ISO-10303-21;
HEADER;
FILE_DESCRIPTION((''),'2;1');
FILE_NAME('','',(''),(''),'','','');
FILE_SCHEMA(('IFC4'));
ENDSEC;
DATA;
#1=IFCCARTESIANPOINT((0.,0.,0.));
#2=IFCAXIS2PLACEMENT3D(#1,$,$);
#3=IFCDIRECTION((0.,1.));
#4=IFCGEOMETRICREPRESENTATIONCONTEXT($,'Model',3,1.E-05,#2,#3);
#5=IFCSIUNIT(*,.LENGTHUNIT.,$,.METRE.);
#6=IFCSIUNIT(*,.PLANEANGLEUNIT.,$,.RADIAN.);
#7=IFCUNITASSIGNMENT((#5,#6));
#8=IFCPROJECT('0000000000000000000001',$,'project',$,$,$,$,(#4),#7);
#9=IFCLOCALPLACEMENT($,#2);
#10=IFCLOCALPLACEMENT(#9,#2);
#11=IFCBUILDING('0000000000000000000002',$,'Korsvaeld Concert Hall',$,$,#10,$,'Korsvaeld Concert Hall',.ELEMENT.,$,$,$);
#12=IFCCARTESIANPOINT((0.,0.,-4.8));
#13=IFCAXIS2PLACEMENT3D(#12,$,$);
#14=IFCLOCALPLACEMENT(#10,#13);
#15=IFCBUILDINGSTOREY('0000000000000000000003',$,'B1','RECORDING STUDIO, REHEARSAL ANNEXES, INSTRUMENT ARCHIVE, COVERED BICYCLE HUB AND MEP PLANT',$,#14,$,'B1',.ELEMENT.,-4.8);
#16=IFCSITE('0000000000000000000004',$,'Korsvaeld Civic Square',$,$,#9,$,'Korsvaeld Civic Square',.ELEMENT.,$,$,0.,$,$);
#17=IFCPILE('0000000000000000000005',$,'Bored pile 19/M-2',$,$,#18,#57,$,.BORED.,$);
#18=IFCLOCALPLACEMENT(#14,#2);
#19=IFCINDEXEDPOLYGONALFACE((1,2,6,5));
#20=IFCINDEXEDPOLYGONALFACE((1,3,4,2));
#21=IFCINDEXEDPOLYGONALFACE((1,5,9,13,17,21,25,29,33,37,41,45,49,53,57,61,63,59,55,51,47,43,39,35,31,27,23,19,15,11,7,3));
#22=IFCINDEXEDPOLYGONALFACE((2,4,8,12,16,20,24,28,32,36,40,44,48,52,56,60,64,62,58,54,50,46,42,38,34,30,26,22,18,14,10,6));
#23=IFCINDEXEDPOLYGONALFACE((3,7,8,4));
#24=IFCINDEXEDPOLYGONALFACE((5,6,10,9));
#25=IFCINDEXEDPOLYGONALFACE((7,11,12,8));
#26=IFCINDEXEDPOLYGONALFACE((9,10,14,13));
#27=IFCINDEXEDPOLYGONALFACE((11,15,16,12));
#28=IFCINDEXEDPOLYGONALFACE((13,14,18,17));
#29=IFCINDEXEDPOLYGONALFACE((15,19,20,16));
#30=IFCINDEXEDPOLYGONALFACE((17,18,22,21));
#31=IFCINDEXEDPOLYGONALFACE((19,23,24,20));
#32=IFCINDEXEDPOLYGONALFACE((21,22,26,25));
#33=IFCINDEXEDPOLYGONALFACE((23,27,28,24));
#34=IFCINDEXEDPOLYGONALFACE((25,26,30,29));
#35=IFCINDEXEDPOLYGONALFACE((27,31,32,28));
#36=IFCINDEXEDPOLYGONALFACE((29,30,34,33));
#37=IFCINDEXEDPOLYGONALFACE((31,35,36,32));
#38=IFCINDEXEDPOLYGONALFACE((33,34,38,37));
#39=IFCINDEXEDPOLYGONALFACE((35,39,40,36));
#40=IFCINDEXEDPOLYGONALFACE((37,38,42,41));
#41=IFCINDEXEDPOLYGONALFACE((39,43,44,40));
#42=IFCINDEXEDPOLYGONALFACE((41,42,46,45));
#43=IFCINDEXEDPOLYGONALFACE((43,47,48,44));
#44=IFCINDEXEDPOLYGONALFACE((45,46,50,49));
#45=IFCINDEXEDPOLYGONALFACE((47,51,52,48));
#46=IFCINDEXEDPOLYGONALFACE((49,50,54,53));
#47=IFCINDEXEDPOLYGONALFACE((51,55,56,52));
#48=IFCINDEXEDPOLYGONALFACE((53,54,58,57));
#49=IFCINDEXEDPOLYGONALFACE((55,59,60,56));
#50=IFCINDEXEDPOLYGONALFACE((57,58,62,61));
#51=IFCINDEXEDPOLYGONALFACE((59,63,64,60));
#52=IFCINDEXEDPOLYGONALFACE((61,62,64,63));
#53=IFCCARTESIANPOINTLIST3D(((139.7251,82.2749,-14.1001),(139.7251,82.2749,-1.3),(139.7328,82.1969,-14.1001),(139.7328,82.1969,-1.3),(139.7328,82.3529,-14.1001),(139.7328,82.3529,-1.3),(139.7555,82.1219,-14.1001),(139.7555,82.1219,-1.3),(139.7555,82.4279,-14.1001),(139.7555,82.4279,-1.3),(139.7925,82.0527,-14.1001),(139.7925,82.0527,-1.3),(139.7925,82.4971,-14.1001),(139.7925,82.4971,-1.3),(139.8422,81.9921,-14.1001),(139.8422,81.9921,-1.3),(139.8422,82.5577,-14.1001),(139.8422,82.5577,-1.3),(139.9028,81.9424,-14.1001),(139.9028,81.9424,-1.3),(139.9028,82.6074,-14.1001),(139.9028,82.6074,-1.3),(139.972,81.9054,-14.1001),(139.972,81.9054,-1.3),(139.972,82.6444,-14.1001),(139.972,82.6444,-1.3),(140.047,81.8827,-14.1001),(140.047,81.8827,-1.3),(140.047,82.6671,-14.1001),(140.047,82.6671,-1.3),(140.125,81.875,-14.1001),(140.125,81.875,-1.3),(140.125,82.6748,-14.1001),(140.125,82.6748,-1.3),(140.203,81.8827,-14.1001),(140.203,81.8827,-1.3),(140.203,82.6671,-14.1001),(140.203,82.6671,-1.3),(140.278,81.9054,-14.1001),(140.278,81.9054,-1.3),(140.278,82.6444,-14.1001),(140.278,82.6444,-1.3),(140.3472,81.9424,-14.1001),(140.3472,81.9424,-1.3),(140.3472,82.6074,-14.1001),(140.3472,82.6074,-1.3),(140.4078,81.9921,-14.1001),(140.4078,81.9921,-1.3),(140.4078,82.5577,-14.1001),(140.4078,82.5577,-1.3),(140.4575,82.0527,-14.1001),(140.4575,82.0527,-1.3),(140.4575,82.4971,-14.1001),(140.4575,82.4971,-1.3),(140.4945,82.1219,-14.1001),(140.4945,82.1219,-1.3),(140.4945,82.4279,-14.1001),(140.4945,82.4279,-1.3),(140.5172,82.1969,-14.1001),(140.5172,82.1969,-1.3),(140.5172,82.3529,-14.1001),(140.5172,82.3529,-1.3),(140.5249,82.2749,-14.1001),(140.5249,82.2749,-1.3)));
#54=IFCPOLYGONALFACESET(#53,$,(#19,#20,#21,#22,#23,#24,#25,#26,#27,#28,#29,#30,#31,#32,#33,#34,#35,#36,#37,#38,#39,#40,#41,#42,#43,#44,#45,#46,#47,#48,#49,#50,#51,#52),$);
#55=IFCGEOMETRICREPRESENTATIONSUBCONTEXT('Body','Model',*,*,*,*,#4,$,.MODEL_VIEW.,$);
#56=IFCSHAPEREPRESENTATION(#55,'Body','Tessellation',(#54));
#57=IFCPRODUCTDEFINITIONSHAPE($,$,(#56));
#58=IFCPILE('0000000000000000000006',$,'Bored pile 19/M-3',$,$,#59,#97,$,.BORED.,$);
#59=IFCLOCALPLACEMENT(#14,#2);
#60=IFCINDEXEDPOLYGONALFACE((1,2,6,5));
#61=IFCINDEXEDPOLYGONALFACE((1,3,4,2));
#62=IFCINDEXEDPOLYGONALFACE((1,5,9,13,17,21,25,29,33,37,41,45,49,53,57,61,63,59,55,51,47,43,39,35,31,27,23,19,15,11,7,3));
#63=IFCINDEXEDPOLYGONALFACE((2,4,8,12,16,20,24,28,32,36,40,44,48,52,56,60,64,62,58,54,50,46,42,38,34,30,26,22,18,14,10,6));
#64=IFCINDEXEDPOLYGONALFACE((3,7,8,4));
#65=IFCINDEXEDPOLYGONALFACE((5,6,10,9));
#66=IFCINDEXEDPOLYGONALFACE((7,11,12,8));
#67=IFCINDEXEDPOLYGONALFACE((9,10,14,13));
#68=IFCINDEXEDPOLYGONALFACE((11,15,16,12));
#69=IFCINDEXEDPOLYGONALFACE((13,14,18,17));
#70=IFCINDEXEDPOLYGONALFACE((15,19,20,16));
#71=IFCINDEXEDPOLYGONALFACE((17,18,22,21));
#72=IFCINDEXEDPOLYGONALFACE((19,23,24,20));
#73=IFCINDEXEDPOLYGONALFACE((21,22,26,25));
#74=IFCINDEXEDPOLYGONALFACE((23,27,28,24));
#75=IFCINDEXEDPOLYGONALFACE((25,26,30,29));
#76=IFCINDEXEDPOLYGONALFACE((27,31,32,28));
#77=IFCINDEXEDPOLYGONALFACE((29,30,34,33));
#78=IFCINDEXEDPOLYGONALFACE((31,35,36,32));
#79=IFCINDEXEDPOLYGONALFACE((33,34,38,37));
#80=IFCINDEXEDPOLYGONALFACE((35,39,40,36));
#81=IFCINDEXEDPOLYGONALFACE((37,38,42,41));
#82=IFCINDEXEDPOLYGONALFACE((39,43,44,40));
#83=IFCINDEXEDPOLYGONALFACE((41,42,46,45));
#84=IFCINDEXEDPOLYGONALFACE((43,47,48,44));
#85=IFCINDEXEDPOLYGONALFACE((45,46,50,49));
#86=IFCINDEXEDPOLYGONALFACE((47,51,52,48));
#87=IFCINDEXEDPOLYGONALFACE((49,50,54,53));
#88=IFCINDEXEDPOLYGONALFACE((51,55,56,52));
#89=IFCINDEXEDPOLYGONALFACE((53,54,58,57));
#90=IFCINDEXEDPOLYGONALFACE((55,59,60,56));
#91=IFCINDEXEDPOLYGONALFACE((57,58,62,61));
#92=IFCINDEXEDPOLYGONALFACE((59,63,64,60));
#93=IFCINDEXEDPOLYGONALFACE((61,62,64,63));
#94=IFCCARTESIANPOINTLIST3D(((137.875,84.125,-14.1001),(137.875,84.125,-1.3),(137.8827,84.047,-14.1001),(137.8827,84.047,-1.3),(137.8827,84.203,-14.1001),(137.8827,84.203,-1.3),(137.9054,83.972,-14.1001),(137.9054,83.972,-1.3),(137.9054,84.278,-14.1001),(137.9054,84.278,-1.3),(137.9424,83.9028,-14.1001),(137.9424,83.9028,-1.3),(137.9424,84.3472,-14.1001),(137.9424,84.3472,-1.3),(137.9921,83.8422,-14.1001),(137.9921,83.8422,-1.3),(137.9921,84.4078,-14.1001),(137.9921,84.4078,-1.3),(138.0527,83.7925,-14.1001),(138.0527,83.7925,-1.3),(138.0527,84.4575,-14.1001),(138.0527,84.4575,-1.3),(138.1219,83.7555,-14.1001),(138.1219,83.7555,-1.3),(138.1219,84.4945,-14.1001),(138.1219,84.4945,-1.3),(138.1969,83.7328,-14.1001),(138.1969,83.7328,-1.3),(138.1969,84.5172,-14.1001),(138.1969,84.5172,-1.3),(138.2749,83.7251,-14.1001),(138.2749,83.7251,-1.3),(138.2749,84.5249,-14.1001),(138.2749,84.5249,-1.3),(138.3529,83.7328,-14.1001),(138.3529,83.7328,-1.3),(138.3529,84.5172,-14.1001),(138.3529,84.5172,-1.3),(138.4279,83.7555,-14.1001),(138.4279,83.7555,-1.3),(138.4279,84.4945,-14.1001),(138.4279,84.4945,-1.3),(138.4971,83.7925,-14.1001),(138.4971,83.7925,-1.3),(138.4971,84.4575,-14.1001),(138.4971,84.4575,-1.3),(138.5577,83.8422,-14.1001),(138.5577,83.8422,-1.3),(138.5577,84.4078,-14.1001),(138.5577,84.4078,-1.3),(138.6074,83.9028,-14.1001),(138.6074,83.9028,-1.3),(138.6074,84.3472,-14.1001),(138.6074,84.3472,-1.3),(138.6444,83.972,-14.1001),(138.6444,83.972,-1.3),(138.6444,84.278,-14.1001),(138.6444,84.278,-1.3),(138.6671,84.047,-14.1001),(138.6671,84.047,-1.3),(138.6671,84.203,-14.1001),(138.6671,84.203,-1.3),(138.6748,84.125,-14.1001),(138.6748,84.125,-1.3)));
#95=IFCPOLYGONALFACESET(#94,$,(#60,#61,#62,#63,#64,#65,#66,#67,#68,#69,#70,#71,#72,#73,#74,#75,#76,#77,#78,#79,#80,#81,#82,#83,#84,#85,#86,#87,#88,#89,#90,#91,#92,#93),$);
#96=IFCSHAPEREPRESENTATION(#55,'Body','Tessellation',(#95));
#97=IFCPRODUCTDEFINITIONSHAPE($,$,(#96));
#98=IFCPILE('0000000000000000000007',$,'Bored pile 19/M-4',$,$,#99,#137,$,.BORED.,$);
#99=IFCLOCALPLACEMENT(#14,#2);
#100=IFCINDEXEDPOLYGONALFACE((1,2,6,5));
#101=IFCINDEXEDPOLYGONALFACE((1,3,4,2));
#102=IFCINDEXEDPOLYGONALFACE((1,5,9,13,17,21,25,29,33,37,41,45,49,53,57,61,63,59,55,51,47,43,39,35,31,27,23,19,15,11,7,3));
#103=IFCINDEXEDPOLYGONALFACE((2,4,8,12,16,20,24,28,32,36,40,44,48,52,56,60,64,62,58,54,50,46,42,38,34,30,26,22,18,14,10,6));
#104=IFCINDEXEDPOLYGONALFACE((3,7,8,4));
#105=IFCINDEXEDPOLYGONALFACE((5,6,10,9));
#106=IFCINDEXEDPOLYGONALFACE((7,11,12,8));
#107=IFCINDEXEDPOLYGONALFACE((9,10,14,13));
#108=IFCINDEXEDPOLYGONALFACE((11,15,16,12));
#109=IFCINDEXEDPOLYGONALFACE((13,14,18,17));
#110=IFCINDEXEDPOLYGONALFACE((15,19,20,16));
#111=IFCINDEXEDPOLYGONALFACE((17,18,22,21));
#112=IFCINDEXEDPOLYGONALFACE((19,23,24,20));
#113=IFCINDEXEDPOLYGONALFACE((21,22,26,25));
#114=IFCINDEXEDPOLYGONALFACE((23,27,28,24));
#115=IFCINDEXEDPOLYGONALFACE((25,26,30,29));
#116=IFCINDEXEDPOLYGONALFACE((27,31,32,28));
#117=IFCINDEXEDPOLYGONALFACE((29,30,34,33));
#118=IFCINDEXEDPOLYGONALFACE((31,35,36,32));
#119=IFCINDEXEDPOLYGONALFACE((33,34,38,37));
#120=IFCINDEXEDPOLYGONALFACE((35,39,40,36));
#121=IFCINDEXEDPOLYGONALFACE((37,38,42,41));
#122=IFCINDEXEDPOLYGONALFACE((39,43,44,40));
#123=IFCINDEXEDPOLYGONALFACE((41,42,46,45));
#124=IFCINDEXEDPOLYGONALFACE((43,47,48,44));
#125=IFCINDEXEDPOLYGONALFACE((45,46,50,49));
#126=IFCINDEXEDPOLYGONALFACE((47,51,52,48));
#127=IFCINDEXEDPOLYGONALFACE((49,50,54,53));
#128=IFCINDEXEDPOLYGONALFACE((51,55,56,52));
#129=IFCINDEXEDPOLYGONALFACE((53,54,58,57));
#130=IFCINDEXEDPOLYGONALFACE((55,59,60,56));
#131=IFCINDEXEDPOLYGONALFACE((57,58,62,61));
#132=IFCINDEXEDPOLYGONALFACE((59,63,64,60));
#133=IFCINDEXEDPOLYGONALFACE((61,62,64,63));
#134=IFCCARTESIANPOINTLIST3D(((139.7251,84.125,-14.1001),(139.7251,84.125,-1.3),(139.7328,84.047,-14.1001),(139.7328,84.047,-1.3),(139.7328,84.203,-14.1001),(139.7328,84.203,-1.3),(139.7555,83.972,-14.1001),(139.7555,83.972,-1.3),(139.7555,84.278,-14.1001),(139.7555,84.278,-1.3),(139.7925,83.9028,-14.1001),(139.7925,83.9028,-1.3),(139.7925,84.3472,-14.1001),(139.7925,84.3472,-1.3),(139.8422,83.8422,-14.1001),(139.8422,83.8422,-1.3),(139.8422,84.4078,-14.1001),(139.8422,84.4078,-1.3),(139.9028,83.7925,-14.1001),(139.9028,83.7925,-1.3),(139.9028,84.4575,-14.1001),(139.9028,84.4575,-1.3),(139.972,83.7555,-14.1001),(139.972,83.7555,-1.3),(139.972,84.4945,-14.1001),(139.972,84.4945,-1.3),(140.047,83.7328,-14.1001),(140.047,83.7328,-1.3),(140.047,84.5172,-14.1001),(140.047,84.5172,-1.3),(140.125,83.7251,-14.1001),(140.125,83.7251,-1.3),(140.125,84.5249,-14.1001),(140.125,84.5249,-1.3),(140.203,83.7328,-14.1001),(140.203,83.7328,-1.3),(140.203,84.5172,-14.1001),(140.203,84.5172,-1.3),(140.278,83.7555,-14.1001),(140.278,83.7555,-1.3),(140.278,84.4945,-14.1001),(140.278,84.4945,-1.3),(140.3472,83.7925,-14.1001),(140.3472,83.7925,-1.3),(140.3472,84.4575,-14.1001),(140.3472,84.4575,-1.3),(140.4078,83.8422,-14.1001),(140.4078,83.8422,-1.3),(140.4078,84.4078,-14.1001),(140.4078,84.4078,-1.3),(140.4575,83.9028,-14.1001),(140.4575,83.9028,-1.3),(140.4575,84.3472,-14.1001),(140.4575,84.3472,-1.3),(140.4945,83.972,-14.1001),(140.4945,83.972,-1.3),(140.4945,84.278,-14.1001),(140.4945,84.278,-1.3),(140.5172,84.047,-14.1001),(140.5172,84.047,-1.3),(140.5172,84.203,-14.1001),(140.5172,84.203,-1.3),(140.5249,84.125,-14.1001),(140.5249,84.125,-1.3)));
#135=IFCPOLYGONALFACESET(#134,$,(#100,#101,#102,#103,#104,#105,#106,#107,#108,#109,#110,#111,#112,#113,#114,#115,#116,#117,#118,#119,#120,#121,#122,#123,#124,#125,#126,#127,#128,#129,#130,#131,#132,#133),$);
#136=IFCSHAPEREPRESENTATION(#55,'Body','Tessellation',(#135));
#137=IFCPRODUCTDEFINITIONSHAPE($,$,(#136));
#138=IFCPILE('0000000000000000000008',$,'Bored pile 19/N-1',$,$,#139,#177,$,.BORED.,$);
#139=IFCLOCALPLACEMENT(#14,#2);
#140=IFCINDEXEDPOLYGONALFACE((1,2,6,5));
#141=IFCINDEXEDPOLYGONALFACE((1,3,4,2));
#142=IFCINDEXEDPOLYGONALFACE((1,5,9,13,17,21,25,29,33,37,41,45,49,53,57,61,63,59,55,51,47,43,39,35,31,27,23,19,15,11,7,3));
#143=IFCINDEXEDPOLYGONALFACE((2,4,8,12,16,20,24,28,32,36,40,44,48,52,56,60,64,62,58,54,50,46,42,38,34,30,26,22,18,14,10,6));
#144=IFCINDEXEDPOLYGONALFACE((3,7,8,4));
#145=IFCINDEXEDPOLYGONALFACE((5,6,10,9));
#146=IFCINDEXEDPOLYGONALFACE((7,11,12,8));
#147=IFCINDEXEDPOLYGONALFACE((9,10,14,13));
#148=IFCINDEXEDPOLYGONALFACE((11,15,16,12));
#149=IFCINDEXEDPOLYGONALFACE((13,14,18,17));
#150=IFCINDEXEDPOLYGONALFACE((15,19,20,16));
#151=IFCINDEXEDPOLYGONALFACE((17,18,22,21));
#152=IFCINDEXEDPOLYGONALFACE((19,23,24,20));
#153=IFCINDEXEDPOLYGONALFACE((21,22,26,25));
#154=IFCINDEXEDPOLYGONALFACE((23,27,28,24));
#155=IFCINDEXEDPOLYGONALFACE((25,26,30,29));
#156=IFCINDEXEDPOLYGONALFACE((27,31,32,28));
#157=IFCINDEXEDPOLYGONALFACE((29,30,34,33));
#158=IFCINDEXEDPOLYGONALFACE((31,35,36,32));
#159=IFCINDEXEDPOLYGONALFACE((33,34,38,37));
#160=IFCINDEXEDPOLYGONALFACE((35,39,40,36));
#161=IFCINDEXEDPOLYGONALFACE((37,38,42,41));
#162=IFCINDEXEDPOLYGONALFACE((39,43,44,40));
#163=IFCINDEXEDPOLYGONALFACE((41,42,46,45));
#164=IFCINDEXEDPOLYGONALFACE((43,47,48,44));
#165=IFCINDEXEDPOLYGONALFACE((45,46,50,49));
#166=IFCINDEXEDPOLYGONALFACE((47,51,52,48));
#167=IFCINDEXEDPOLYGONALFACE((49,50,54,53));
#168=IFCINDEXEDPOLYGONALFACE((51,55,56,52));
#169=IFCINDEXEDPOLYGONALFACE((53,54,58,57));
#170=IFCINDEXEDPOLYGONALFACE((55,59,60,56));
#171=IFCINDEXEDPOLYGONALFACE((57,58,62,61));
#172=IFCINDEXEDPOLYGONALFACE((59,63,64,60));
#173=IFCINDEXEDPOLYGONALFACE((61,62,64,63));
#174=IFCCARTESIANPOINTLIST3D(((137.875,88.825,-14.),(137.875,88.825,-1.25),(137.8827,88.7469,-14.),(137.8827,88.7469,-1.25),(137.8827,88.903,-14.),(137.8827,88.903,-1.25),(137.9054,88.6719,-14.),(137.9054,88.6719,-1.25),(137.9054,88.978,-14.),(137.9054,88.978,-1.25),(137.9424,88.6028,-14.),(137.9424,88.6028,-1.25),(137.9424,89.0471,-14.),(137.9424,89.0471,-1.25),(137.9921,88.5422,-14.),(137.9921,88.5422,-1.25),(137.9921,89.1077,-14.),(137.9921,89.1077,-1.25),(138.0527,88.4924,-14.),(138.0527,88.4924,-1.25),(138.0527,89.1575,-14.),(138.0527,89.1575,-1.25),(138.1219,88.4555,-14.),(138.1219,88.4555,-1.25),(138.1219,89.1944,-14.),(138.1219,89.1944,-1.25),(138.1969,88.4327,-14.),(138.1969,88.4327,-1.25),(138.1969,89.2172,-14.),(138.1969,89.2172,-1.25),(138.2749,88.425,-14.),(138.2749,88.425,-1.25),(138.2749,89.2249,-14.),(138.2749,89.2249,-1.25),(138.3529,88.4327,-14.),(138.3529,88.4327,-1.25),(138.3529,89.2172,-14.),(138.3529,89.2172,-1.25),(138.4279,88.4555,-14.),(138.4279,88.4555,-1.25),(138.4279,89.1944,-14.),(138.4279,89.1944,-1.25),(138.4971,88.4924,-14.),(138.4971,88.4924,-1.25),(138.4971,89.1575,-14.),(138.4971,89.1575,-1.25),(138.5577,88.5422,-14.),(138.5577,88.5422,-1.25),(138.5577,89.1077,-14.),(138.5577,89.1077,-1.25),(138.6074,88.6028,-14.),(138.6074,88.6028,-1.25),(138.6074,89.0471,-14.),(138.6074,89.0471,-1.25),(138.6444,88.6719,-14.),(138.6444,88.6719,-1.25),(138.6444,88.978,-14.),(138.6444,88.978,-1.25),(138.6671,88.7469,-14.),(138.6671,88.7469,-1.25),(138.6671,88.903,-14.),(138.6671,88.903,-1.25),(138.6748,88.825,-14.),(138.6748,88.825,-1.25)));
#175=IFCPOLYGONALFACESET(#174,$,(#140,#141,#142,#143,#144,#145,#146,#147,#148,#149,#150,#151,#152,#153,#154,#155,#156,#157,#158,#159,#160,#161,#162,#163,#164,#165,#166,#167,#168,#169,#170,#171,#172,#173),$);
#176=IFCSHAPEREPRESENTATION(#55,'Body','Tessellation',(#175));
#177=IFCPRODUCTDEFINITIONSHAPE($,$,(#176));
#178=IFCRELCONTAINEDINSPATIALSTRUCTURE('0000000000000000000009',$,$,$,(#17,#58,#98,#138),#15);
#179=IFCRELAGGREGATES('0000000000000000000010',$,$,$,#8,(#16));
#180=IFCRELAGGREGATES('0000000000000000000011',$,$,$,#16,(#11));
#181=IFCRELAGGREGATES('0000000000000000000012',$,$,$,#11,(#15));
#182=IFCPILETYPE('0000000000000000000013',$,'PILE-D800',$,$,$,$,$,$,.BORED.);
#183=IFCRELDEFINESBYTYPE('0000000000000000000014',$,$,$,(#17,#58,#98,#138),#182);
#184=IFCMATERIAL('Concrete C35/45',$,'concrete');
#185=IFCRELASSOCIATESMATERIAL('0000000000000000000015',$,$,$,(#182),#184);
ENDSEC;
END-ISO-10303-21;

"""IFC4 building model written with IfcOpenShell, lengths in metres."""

from ifc_helpers import new_model, si_unit, direction, frame, origin, origin_2d, place, context, subcontext, project, spatial, circle, extrude, material, material_profile, profile_set, type_object, element, save


model = new_model("IFC4")

# Units and contexts
model_context = context("Model", 3, precision=1e-05, world=origin(), true_north=direction((0.0, 1.0)))
body_context = subcontext(model_context, "Body", "Model", "MODEL_VIEW")
ifc_project = project(units=[si_unit("LENGTHUNIT", "METRE"), si_unit("PLANEANGLEUNIT", "RADIAN")], contexts=[model_context])

# Site, building, storey
site_placement = place(None, origin())
site = spatial("IfcSite", under=ifc_project, at=site_placement, Name="Korsvaeld Civic Square", LongName="Korsvaeld Civic Square", CompositionType="ELEMENT", RefElevation=0.0)
building_placement = place(site_placement, origin())
building = spatial("IfcBuilding", under=site, at=building_placement, Name="Korsvaeld Concert Hall", LongName="Korsvaeld Concert Hall", CompositionType="ELEMENT")
storey_placement = place(building_placement, frame((0.0, 0.0, -4.8)))
storey = spatial("IfcBuildingStorey", under=building, at=storey_placement, Name="B1", Description="RECORDING STUDIO, REHEARSAL ANNEXES, INSTRUMENT ARCHIVE, COVERED BICYCLE HUB AND MEP PLANT", LongName="B1", CompositionType="ELEMENT", Elevation=-4.8)

# Shared definitions
ifc_material_1 = material(Name="Concrete C35/45", Category="concrete")

# Piles
ifc_material_profile_1 = material_profile(ifc_material_1, circle(Radius=0.3999, at=origin_2d()), Name="BORED PILE D800")
ifc_profile_set_1 = profile_set([ifc_material_profile_1], Name="Concrete C35/45")
pile_type_1 = type_object("IfcPileType", Name="PILE-D800", PredefinedType="BORED", material=ifc_profile_set_1)
for number, where, z_axis, x_axis, name in (
    (1, (140.125, 82.2749, -1.3), (0.0, 0.0, -1.0), (1.0, 0.0, 0.0), "Bored pile 19/M-2"),
    (2, (138.2749, 84.125, -1.3), (0.0, 0.0, -1.0), (1.0, 0.0, 0.0), "Bored pile 19/M-3"),
    (3, (140.125, 84.125, -1.3), (0.0, 0.0, -1.0), (1.0, 0.0, 0.0), "Bored pile 19/M-4"),
):
    element("IfcPile", number, at=place(storey_placement, frame(where, z_axis=z_axis, x_axis=x_axis)), inside=storey, type_object=pile_type_1, Name=name, PredefinedType="BORED", context=body_context, shape_type="SweptSolid", body=[
        extrude(circle(Radius=0.3999, at=origin_2d()), origin(), (0.0, 0.0, 1.0), 12.8),
    ])
for number, where, z_axis, x_axis, name in (
    (4, (138.2749, 88.825, -1.25), (0.0, 0.0, -1.0), (1.0, 0.0, 0.0), "Bored pile 19/N-1"),
):
    element("IfcPile", number, at=place(storey_placement, frame(where, z_axis=z_axis, x_axis=x_axis)), inside=storey, type_object=pile_type_1, Name=name, PredefinedType="BORED", context=body_context, shape_type="SweptSolid", body=[
        extrude(circle(Radius=0.3999, at=origin_2d()), origin(), (0.0, 0.0, 1.0), 12.75),
    ])

save(model, "model.ifc")
